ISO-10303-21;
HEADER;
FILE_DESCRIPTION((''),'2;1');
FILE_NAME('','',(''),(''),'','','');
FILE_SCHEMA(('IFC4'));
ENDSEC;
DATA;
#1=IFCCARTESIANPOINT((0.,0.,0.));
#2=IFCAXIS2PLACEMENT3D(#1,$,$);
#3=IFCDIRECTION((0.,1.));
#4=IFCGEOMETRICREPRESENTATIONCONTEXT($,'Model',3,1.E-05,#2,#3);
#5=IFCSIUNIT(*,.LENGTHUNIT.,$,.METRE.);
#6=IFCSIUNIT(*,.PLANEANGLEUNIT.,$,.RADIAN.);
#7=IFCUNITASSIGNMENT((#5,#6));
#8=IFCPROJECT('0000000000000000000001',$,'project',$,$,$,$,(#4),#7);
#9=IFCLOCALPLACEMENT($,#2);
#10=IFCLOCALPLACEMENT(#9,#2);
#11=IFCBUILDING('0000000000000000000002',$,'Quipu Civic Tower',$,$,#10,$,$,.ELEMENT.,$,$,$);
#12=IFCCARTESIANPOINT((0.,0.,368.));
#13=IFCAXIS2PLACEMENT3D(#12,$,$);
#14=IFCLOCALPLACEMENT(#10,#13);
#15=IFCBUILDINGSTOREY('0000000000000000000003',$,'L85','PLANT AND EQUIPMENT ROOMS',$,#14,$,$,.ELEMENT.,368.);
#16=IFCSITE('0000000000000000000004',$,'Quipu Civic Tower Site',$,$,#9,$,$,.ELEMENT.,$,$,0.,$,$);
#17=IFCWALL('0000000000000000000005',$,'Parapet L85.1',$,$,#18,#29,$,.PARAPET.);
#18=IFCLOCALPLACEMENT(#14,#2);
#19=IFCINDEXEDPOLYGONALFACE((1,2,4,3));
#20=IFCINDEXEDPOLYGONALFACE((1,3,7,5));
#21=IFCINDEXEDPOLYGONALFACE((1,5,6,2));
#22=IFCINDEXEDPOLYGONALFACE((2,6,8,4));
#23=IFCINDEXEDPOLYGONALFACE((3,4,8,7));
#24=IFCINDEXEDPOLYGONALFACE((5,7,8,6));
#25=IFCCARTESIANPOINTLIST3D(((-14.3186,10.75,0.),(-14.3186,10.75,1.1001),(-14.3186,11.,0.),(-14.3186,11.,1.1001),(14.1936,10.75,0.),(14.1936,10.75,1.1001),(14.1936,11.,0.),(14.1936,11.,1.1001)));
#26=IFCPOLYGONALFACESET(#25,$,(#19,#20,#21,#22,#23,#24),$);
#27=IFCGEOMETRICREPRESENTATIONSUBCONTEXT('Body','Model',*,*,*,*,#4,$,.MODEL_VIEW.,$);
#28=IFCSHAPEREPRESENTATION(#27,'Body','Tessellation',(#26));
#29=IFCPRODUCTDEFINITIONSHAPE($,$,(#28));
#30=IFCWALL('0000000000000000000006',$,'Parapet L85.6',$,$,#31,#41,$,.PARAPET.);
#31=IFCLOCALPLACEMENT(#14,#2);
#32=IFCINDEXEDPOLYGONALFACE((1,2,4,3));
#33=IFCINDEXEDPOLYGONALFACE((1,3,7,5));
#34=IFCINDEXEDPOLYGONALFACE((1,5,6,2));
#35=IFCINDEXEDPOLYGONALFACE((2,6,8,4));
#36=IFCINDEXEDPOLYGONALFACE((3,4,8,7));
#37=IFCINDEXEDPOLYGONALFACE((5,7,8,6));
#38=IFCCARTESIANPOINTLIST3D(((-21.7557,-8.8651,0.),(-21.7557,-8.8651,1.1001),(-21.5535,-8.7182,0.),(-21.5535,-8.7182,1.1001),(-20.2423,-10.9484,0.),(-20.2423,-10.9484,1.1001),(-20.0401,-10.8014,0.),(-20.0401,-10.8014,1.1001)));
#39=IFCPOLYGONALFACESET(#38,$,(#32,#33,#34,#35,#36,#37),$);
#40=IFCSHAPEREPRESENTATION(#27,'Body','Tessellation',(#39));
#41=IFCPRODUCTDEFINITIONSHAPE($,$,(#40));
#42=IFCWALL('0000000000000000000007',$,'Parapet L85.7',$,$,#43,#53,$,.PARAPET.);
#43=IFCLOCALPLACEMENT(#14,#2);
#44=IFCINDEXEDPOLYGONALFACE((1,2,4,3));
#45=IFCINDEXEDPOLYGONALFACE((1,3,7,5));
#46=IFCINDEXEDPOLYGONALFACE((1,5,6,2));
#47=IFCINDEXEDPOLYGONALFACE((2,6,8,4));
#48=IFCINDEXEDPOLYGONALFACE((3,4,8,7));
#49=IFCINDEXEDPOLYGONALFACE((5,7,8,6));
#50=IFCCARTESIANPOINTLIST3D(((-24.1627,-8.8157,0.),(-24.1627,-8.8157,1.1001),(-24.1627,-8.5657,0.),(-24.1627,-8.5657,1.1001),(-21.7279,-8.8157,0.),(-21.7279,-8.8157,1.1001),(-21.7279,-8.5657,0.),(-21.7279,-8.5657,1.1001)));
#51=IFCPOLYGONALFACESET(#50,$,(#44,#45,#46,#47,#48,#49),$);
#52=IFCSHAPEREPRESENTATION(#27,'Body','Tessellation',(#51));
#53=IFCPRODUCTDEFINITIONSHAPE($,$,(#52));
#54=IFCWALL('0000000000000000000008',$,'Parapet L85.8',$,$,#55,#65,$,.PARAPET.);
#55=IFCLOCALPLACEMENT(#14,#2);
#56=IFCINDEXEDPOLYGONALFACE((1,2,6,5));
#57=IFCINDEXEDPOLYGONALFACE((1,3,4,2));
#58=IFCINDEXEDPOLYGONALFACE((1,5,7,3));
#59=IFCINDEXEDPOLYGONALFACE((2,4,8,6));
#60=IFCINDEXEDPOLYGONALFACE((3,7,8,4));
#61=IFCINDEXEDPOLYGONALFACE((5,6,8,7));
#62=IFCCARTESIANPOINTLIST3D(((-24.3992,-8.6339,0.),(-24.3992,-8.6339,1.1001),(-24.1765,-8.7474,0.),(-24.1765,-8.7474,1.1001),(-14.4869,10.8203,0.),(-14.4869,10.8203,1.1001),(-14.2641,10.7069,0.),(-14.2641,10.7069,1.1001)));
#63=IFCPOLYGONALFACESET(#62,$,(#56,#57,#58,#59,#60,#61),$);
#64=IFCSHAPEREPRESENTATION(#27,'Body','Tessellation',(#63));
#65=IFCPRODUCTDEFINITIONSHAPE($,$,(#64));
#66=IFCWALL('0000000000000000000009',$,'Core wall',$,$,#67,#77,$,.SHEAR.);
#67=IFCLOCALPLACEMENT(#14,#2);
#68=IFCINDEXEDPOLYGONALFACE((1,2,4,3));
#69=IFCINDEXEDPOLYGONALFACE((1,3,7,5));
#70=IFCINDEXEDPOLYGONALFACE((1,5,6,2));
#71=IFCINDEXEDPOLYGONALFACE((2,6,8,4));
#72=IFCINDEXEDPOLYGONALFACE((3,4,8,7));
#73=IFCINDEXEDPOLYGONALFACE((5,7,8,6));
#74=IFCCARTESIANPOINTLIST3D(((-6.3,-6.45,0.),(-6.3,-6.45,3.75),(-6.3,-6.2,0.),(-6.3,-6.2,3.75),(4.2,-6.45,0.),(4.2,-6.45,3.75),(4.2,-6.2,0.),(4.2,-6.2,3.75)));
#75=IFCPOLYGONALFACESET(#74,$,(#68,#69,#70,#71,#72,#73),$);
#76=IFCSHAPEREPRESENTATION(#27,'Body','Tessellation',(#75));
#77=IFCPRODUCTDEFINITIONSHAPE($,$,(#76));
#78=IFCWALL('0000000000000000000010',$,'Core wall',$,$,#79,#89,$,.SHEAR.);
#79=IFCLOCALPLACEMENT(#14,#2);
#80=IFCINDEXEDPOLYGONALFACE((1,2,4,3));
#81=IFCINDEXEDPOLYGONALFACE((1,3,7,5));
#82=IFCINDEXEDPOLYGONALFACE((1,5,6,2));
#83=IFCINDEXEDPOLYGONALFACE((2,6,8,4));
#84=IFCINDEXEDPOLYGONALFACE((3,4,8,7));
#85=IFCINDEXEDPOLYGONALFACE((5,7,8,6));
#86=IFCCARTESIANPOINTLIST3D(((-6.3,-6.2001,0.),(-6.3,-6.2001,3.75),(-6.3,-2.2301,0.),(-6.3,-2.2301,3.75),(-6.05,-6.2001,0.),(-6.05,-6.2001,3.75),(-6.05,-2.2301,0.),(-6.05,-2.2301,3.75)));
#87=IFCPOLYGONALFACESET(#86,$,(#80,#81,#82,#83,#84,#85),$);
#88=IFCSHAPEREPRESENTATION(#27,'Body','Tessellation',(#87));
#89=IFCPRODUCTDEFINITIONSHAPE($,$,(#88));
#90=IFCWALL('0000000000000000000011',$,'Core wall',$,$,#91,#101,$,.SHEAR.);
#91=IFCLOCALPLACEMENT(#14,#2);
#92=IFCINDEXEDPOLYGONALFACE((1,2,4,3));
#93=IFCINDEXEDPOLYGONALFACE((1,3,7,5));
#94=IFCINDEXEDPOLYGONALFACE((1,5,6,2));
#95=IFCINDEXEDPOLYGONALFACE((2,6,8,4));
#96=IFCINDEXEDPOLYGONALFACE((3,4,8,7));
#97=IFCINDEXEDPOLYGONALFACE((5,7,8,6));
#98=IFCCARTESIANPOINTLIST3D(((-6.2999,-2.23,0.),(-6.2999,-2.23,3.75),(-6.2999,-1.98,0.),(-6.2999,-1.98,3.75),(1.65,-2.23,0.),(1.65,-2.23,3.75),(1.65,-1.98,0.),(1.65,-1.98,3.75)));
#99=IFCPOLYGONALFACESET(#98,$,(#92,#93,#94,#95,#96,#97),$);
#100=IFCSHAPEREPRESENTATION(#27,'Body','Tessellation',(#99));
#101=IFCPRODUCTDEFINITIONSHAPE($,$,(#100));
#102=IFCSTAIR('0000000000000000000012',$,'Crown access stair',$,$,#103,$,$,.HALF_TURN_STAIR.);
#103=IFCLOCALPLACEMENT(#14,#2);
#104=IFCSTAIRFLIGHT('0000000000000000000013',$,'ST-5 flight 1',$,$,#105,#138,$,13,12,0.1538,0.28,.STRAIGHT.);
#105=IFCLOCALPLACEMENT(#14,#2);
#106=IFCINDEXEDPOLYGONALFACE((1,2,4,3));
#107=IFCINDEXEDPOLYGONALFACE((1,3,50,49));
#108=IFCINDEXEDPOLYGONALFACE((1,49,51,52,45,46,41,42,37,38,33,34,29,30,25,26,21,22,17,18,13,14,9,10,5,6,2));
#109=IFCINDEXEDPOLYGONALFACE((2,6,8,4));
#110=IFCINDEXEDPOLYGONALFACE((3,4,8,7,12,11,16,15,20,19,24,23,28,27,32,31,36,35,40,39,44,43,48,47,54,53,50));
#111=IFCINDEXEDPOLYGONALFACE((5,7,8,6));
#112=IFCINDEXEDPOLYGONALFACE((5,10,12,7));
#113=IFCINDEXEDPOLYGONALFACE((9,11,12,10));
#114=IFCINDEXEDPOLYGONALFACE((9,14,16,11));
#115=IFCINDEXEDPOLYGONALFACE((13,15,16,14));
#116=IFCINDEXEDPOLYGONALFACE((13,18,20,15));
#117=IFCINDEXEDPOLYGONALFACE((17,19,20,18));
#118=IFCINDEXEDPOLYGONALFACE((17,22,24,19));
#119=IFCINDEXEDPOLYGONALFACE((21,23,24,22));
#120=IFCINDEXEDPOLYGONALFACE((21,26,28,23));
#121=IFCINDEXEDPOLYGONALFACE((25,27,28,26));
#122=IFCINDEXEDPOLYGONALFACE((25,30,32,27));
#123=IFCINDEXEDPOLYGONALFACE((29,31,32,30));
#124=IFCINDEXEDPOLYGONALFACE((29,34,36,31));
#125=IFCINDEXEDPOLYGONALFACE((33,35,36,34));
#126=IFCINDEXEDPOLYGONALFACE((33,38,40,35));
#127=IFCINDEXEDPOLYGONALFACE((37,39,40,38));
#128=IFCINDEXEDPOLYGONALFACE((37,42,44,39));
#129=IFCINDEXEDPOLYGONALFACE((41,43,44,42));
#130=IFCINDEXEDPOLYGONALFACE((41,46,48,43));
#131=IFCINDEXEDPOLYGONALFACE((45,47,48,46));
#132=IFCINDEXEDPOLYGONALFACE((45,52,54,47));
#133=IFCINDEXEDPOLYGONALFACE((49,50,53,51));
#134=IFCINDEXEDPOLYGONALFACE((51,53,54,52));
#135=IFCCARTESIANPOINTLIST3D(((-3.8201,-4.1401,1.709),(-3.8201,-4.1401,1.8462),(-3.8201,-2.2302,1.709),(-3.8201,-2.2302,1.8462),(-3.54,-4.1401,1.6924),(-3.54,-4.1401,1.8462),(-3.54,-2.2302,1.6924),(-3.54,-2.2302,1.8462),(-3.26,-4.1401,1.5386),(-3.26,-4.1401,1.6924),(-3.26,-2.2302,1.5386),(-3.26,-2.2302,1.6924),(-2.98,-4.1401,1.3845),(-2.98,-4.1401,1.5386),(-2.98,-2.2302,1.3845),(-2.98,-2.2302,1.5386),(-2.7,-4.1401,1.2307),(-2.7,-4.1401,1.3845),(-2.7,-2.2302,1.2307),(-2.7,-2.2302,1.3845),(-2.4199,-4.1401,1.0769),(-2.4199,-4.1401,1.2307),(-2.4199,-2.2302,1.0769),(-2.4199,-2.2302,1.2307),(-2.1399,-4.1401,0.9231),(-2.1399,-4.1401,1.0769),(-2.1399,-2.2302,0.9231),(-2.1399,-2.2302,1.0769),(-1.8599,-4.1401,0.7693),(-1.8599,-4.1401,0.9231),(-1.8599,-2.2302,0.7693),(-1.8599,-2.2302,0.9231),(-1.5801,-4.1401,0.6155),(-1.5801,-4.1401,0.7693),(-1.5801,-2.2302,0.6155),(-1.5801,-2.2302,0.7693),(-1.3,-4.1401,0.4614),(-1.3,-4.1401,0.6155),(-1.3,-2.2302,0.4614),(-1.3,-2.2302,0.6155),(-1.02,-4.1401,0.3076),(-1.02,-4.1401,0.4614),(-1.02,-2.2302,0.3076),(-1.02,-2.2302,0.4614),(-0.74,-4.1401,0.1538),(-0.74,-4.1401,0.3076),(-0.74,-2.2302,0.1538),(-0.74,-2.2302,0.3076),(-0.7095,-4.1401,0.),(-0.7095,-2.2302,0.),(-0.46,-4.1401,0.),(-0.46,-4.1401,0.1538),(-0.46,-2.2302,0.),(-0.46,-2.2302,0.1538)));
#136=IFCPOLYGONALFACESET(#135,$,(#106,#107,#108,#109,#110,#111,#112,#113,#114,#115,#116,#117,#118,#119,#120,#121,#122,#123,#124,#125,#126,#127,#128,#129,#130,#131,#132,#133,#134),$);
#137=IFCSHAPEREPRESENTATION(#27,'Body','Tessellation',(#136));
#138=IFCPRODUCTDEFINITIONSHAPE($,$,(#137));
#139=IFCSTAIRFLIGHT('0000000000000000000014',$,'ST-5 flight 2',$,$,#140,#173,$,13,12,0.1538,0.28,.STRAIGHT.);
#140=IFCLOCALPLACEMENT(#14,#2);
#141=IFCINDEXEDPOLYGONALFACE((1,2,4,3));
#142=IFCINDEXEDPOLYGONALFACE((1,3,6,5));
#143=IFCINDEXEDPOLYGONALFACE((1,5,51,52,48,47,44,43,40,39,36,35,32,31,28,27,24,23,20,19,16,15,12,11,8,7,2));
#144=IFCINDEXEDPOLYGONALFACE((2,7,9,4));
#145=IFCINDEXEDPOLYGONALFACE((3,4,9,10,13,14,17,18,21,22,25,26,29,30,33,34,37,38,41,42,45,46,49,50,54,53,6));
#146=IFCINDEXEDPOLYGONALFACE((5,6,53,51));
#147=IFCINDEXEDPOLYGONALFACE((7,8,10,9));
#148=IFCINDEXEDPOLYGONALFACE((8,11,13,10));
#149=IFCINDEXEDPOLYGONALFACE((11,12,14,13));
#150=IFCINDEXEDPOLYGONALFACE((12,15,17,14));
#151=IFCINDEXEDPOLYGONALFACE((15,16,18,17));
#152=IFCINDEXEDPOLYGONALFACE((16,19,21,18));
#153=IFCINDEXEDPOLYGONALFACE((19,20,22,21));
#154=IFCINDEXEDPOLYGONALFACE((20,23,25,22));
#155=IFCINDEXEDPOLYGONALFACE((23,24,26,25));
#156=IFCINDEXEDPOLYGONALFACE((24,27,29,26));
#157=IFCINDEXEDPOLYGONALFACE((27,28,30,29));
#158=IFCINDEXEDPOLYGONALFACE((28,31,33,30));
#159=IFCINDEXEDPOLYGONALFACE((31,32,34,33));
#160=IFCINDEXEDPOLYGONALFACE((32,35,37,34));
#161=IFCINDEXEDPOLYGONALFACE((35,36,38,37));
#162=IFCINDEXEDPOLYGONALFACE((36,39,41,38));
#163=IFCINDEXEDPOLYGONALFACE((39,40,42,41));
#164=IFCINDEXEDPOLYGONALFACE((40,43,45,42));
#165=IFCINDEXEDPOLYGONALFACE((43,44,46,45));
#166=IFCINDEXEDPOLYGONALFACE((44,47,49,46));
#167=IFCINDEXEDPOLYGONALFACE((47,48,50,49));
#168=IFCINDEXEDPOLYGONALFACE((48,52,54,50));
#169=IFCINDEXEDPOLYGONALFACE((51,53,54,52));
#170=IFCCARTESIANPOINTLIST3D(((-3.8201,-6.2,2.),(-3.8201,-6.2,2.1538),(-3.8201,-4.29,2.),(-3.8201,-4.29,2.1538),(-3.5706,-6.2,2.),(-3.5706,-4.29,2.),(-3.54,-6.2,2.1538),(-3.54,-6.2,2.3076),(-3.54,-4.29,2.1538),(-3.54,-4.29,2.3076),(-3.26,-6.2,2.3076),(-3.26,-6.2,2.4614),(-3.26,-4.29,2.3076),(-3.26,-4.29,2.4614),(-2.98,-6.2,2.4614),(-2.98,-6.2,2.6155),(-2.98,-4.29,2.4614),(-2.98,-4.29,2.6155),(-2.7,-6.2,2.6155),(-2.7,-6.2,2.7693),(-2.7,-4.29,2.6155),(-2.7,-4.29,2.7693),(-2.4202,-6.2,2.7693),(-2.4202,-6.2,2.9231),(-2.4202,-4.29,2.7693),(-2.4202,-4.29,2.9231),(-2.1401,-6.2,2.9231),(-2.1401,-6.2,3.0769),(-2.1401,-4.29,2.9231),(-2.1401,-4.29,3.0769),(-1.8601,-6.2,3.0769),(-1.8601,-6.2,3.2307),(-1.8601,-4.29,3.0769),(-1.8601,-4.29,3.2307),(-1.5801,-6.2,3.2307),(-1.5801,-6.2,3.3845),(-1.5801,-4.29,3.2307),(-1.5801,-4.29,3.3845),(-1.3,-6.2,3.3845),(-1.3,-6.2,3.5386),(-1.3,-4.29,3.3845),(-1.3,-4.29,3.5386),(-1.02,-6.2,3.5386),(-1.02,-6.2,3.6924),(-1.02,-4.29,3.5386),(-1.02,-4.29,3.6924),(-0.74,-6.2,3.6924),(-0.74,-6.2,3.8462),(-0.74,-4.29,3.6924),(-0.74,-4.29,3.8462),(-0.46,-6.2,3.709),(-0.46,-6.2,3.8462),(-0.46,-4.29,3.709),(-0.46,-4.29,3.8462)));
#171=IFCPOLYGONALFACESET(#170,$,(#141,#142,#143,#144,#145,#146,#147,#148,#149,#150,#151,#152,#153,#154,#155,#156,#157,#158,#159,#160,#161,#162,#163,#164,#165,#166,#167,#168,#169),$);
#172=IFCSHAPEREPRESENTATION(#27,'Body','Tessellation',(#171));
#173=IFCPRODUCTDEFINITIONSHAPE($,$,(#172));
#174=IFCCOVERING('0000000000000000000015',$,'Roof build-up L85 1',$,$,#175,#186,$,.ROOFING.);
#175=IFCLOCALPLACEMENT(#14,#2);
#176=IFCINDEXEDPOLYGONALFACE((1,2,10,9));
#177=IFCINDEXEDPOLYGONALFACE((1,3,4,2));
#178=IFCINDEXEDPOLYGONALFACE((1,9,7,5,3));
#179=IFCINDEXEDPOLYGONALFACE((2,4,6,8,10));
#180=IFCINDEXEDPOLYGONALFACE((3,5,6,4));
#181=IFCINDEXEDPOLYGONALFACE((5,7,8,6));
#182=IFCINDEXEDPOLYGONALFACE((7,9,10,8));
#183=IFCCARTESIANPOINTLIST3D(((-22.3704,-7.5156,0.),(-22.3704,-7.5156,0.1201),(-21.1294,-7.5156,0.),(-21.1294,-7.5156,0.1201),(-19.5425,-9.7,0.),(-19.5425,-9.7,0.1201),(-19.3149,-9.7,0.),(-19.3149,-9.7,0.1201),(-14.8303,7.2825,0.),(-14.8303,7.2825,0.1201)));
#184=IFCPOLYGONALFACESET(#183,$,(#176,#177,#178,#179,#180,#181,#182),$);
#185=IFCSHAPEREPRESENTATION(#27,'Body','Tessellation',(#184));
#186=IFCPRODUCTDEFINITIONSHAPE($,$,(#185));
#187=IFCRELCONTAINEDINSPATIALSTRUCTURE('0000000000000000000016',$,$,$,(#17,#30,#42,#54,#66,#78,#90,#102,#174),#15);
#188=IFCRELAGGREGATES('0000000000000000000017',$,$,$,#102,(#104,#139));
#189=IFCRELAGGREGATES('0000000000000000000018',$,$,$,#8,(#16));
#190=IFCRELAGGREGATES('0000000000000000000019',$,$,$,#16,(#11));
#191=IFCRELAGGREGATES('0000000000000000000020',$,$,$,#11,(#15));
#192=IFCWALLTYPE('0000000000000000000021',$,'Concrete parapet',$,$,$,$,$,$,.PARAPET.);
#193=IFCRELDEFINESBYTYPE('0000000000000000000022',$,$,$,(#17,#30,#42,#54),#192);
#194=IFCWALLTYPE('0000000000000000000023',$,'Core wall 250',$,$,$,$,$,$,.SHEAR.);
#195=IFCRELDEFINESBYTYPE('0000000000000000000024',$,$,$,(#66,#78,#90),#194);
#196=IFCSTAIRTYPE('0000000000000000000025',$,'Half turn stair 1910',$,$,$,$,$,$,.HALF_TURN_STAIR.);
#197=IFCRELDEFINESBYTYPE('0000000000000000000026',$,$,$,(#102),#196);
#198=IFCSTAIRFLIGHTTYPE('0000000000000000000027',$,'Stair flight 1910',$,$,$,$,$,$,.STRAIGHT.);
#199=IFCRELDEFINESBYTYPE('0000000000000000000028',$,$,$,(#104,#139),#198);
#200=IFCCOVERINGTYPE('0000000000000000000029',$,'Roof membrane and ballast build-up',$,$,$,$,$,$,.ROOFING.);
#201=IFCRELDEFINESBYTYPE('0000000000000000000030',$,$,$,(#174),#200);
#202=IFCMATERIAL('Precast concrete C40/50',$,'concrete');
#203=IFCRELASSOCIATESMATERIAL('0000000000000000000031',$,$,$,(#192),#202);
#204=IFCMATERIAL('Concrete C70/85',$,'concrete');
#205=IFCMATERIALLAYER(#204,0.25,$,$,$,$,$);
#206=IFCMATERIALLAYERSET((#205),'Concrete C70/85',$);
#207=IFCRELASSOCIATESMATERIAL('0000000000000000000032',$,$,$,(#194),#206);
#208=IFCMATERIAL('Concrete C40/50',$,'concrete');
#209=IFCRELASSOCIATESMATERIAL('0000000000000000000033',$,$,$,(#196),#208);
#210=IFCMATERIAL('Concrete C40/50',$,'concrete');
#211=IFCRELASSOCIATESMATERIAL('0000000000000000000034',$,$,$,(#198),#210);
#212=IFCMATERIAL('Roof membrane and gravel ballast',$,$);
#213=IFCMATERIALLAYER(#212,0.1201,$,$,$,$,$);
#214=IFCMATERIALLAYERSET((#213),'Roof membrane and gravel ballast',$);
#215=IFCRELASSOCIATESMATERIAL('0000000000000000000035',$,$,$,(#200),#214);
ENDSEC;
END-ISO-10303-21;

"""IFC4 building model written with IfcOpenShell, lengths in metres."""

from ifc_helpers import new_model, si_unit, direction, frame, frame_2d, origin, place, context, subcontext, project, spatial, polyline, rectangle, outline, extrude, material, layer, layer_set, type_object, element, aggregate, save


model = new_model("IFC4")

# Units and contexts
model_context = context("Model", 3, precision=1e-05, world=origin(), true_north=direction((0.0, 1.0)))
body_context = subcontext(model_context, "Body", "Model", "MODEL_VIEW")
ifc_project = project(units=[si_unit("LENGTHUNIT", "METRE"), si_unit("PLANEANGLEUNIT", "RADIAN")], contexts=[model_context])

# Site, building, storey
site_placement = place(None, origin())
site = spatial("IfcSite", under=ifc_project, at=site_placement, Name="Quipu Civic Tower Site", CompositionType="ELEMENT", RefElevation=0.0)
building_placement = place(site_placement, origin())
building = spatial("IfcBuilding", under=site, at=building_placement, Name="Quipu Civic Tower", CompositionType="ELEMENT")
storey_placement = place(building_placement, frame((0.0, 0.0, 368.0)))
storey = spatial("IfcBuildingStorey", under=building, at=storey_placement, Name="L85", Description="PLANT AND EQUIPMENT ROOMS", CompositionType="ELEMENT", Elevation=368.0)

# Walls
ifc_material_1 = material(Name="Precast concrete C40/50", Category="concrete")
wall_type_1 = type_object("IfcWallType", Name="Concrete parapet", PredefinedType="PARAPET", material=ifc_material_1)
wall_1_placement = place(storey_placement, frame((-14.3186, 10.875, 0.0), z_axis=(0.0, 0.0, 1.0), x_axis=(1.0, 0.0, 0.0)))
element("IfcWall", 1, at=wall_1_placement, inside=storey, type_object=wall_type_1, Name="Parapet L85.1", PredefinedType="PARAPET", context=body_context, shape_type="SweptSolid", body=[
    extrude(rectangle(XDim=28.5122, YDim=0.25, at=frame_2d((14.2561, 0.0))), origin(), (0.0, 0.0, 1.0), 1.1001),
])
wall_2_placement = place(storey_placement, frame((-20.1411, -10.875, 0.0), z_axis=(0.0, 0.0, 1.0), x_axis=(-0.587749, 0.809043, 0.0)))
element("IfcWall", 2, at=wall_2_placement, inside=storey, type_object=wall_type_1, Name="Parapet L85.6", PredefinedType="PARAPET", context=body_context, shape_type="SweptSolid", body=[
    extrude(rectangle(XDim=2.575, YDim=0.25, at=frame_2d((1.2876, 0.0))), origin(), (0.0, 0.0, 1.0), 1.1001),
])
wall_3_placement = place(storey_placement, frame((-21.728, -8.6907, 0.0), z_axis=(0.0, 0.0, 1.0), x_axis=(-1.0, 0.0, 0.0)))
element("IfcWall", 3, at=wall_3_placement, inside=storey, type_object=wall_type_1, Name="Parapet L85.7", PredefinedType="PARAPET", context=body_context, shape_type="SweptSolid", body=[
    extrude(rectangle(XDim=2.4348, YDim=0.25, at=frame_2d((1.2173, 0.0))), origin(), (0.0, 0.0, 1.0), 1.1001),
])
wall_4_placement = place(storey_placement, frame((-24.2878, -8.6907, 0.0), z_axis=(0.0, 0.0, 1.0), x_axis=(0.453986, 0.891009, 0.0)))
element("IfcWall", 4, at=wall_4_placement, inside=storey, type_object=wall_type_1, Name="Parapet L85.8", PredefinedType="PARAPET", context=body_context, shape_type="SweptSolid", body=[
    extrude(rectangle(XDim=21.834, YDim=0.25, at=frame_2d((10.917, 0.0))), origin(), (0.0, 0.0, 1.0), 1.1001),
])
ifc_material_2 = material(Name="Concrete C70/85", Category="concrete")
ifc_layer_1 = layer(ifc_material_2, 0.25)
ifc_layer_set_1 = layer_set([ifc_layer_1], Name="Concrete C70/85")
wall_type_2 = type_object("IfcWallType", Name="Core wall 250", PredefinedType="SHEAR", material=ifc_layer_set_1)
wall_5_placement = place(storey_placement, frame((-6.3, -6.325, 0.0), z_axis=(0.0, 0.0, 1.0), x_axis=(1.0, 0.0, 0.0)))
element("IfcWall", 5, at=wall_5_placement, inside=storey, type_object=wall_type_2, Name="Core wall", PredefinedType="SHEAR", context=body_context, shape_type="SweptSolid", body=[
    extrude(rectangle(XDim=10.5, YDim=0.25, at=frame_2d((5.25, 0.0))), origin(), (0.0, 0.0, 1.0), 3.75),
])
wall_6_placement = place(storey_placement, frame((-6.175, -6.2, 0.0), z_axis=(0.0, 0.0, 1.0), x_axis=(0.0, 1.0, 0.0)))
element("IfcWall", 6, at=wall_6_placement, inside=storey, type_object=wall_type_2, Name="Core wall", PredefinedType="SHEAR", context=body_context, shape_type="SweptSolid", body=[
    extrude(rectangle(XDim=3.97, YDim=0.25, at=frame_2d((1.9849, 0.0))), origin(), (0.0, 0.0, 1.0), 3.75),
])
wall_7_placement = place(storey_placement, frame((-6.3, -2.105, 0.0), z_axis=(0.0, 0.0, 1.0), x_axis=(1.0, 0.0, 0.0)))
element("IfcWall", 7, at=wall_7_placement, inside=storey, type_object=wall_type_2, Name="Core wall", PredefinedType="SHEAR", context=body_context, shape_type="SweptSolid", body=[
    extrude(rectangle(XDim=7.95, YDim=0.25, at=frame_2d((3.9751, 0.0))), origin(), (0.0, 0.0, 1.0), 3.75),
])

# Stair, stair flights
ifc_material_3 = material(Name="Concrete C40/50", Category="concrete")
stair_type = type_object("IfcStairType", Name="Half turn stair 1910", PredefinedType="HALF_TURN_STAIR", material=ifc_material_3)
stair_placement = place(storey_placement, origin())
stair = element("IfcStair", 8, at=stair_placement, inside=storey, type_object=stair_type, Name="Crown access stair", PredefinedType="HALF_TURN_STAIR")
ifc_material_4 = material(Name="Concrete C40/50", Category="concrete")
stair_flight_type = type_object("IfcStairFlightType", Name="Stair flight 1910", PredefinedType="STRAIGHT", material=ifc_material_4)
stair_flight_1_placement = place(storey_placement, frame((-0.46, -3.1851, 0.0), z_axis=(0.0, 0.0, 1.0), x_axis=(-1.0, 0.0, 0.0)))
stair_flight_1 = element("IfcStairFlight", 9, at=stair_flight_1_placement, type_object=stair_flight_type, Name="ST-5 flight 1", NumberOfRisers=13, NumberOfTreads=12, PredefinedType="STRAIGHT", RiserHeight=0.1538, TreadLength=0.28, context=body_context, shape_type="SweptSolid", body=[
    extrude(outline(polyline([(0.0, 0.0), (0.0, 0.1538), (0.28, 0.1538), (0.28, 0.3076), (0.5601, 0.3076), (0.5601, 0.4614), (0.8401, 0.4614), (0.8401, 0.6155), (1.1201, 0.6155), (1.1201, 0.7693), (1.3999, 0.7693), (1.3999, 0.9231), (1.6799, 0.9231), (1.6799, 1.0769), (1.96, 1.0769), (1.96, 1.2307), (2.24, 1.2307), (2.24, 1.3845), (2.52, 1.3845), (2.52, 1.5386), (2.8, 1.5386), (2.8, 1.6924), (3.0801, 1.6924), (3.0801, 1.8462), (3.3601, 1.8462), (3.3601, 2.0), (3.3601, 1.709), (0.2495, 0.0), (0.0, 0.0)])), frame((0.0, 0.9551, 0.0), z_axis=(0.0, -1.0, 0.0), x_axis=(1.0, 0.0, 0.0)), (0.0, 0.0, 1.0), 1.9099),
])
stair_flight_2_placement = place(storey_placement, frame((-3.8201, -5.2451, 2.0), z_axis=(0.0, 0.0, 1.0), x_axis=(1.0, 0.0, 0.0)))
stair_flight_2 = element("IfcStairFlight", 10, at=stair_flight_2_placement, type_object=stair_flight_type, Name="ST-5 flight 2", NumberOfRisers=13, NumberOfTreads=12, PredefinedType="STRAIGHT", RiserHeight=0.1538, TreadLength=0.28, context=body_context, shape_type="SweptSolid", body=[
    extrude(outline(polyline([(0.0, 0.0), (0.0, 0.1538), (0.28, 0.1538), (0.28, 0.3076), (0.5601, 0.3076), (0.5601, 0.4614), (0.8401, 0.4614), (0.8401, 0.6155), (1.1201, 0.6155), (1.1201, 0.7693), (1.3999, 0.7693), (1.3999, 0.9231), (1.6799, 0.9231), (1.6799, 1.0769), (1.96, 1.0769), (1.96, 1.2307), (2.24, 1.2307), (2.24, 1.3845), (2.52, 1.3845), (2.52, 1.5386), (2.8, 1.5386), (2.8, 1.6924), (3.0801, 1.6924), (3.0801, 1.8462), (3.3601, 1.8462), (3.3601, 2.0), (3.3601, 1.709), (0.2495, 0.0), (0.0, 0.0)])), frame((0.0, 0.9551, 0.0), z_axis=(0.0, -1.0, 0.0), x_axis=(1.0, 0.0, 0.0)), (0.0, 0.0, 1.0), 1.9099),
])
aggregate(stair, [stair_flight_1, stair_flight_2])

# Covering
ifc_material_5 = material(Name="Roof membrane and gravel ballast")
ifc_layer_2 = layer(ifc_material_5, 0.1201)
ifc_layer_set_2 = layer_set([ifc_layer_2], Name="Roof membrane and gravel ballast")
covering_type = type_object("IfcCoveringType", Name="Roof membrane and ballast build-up", PredefinedType="ROOFING", material=ifc_layer_set_2)
covering_placement = place(storey_placement, origin())
element("IfcCovering", 11, at=covering_placement, inside=storey, type_object=covering_type, Name="Roof build-up L85 1", PredefinedType="ROOFING", context=body_context, shape_type="SweptSolid", body=[
    extrude(outline(polyline([(-19.5425, -9.7), (-21.1294, -7.5156), (-22.3704, -7.5156), (-14.8303, 7.2825), (-19.3149, -9.7), (-19.5425, -9.7)])), origin(), (0.0, 0.0, 1.0), 0.1201),
])

save(model, "model.ifc")
